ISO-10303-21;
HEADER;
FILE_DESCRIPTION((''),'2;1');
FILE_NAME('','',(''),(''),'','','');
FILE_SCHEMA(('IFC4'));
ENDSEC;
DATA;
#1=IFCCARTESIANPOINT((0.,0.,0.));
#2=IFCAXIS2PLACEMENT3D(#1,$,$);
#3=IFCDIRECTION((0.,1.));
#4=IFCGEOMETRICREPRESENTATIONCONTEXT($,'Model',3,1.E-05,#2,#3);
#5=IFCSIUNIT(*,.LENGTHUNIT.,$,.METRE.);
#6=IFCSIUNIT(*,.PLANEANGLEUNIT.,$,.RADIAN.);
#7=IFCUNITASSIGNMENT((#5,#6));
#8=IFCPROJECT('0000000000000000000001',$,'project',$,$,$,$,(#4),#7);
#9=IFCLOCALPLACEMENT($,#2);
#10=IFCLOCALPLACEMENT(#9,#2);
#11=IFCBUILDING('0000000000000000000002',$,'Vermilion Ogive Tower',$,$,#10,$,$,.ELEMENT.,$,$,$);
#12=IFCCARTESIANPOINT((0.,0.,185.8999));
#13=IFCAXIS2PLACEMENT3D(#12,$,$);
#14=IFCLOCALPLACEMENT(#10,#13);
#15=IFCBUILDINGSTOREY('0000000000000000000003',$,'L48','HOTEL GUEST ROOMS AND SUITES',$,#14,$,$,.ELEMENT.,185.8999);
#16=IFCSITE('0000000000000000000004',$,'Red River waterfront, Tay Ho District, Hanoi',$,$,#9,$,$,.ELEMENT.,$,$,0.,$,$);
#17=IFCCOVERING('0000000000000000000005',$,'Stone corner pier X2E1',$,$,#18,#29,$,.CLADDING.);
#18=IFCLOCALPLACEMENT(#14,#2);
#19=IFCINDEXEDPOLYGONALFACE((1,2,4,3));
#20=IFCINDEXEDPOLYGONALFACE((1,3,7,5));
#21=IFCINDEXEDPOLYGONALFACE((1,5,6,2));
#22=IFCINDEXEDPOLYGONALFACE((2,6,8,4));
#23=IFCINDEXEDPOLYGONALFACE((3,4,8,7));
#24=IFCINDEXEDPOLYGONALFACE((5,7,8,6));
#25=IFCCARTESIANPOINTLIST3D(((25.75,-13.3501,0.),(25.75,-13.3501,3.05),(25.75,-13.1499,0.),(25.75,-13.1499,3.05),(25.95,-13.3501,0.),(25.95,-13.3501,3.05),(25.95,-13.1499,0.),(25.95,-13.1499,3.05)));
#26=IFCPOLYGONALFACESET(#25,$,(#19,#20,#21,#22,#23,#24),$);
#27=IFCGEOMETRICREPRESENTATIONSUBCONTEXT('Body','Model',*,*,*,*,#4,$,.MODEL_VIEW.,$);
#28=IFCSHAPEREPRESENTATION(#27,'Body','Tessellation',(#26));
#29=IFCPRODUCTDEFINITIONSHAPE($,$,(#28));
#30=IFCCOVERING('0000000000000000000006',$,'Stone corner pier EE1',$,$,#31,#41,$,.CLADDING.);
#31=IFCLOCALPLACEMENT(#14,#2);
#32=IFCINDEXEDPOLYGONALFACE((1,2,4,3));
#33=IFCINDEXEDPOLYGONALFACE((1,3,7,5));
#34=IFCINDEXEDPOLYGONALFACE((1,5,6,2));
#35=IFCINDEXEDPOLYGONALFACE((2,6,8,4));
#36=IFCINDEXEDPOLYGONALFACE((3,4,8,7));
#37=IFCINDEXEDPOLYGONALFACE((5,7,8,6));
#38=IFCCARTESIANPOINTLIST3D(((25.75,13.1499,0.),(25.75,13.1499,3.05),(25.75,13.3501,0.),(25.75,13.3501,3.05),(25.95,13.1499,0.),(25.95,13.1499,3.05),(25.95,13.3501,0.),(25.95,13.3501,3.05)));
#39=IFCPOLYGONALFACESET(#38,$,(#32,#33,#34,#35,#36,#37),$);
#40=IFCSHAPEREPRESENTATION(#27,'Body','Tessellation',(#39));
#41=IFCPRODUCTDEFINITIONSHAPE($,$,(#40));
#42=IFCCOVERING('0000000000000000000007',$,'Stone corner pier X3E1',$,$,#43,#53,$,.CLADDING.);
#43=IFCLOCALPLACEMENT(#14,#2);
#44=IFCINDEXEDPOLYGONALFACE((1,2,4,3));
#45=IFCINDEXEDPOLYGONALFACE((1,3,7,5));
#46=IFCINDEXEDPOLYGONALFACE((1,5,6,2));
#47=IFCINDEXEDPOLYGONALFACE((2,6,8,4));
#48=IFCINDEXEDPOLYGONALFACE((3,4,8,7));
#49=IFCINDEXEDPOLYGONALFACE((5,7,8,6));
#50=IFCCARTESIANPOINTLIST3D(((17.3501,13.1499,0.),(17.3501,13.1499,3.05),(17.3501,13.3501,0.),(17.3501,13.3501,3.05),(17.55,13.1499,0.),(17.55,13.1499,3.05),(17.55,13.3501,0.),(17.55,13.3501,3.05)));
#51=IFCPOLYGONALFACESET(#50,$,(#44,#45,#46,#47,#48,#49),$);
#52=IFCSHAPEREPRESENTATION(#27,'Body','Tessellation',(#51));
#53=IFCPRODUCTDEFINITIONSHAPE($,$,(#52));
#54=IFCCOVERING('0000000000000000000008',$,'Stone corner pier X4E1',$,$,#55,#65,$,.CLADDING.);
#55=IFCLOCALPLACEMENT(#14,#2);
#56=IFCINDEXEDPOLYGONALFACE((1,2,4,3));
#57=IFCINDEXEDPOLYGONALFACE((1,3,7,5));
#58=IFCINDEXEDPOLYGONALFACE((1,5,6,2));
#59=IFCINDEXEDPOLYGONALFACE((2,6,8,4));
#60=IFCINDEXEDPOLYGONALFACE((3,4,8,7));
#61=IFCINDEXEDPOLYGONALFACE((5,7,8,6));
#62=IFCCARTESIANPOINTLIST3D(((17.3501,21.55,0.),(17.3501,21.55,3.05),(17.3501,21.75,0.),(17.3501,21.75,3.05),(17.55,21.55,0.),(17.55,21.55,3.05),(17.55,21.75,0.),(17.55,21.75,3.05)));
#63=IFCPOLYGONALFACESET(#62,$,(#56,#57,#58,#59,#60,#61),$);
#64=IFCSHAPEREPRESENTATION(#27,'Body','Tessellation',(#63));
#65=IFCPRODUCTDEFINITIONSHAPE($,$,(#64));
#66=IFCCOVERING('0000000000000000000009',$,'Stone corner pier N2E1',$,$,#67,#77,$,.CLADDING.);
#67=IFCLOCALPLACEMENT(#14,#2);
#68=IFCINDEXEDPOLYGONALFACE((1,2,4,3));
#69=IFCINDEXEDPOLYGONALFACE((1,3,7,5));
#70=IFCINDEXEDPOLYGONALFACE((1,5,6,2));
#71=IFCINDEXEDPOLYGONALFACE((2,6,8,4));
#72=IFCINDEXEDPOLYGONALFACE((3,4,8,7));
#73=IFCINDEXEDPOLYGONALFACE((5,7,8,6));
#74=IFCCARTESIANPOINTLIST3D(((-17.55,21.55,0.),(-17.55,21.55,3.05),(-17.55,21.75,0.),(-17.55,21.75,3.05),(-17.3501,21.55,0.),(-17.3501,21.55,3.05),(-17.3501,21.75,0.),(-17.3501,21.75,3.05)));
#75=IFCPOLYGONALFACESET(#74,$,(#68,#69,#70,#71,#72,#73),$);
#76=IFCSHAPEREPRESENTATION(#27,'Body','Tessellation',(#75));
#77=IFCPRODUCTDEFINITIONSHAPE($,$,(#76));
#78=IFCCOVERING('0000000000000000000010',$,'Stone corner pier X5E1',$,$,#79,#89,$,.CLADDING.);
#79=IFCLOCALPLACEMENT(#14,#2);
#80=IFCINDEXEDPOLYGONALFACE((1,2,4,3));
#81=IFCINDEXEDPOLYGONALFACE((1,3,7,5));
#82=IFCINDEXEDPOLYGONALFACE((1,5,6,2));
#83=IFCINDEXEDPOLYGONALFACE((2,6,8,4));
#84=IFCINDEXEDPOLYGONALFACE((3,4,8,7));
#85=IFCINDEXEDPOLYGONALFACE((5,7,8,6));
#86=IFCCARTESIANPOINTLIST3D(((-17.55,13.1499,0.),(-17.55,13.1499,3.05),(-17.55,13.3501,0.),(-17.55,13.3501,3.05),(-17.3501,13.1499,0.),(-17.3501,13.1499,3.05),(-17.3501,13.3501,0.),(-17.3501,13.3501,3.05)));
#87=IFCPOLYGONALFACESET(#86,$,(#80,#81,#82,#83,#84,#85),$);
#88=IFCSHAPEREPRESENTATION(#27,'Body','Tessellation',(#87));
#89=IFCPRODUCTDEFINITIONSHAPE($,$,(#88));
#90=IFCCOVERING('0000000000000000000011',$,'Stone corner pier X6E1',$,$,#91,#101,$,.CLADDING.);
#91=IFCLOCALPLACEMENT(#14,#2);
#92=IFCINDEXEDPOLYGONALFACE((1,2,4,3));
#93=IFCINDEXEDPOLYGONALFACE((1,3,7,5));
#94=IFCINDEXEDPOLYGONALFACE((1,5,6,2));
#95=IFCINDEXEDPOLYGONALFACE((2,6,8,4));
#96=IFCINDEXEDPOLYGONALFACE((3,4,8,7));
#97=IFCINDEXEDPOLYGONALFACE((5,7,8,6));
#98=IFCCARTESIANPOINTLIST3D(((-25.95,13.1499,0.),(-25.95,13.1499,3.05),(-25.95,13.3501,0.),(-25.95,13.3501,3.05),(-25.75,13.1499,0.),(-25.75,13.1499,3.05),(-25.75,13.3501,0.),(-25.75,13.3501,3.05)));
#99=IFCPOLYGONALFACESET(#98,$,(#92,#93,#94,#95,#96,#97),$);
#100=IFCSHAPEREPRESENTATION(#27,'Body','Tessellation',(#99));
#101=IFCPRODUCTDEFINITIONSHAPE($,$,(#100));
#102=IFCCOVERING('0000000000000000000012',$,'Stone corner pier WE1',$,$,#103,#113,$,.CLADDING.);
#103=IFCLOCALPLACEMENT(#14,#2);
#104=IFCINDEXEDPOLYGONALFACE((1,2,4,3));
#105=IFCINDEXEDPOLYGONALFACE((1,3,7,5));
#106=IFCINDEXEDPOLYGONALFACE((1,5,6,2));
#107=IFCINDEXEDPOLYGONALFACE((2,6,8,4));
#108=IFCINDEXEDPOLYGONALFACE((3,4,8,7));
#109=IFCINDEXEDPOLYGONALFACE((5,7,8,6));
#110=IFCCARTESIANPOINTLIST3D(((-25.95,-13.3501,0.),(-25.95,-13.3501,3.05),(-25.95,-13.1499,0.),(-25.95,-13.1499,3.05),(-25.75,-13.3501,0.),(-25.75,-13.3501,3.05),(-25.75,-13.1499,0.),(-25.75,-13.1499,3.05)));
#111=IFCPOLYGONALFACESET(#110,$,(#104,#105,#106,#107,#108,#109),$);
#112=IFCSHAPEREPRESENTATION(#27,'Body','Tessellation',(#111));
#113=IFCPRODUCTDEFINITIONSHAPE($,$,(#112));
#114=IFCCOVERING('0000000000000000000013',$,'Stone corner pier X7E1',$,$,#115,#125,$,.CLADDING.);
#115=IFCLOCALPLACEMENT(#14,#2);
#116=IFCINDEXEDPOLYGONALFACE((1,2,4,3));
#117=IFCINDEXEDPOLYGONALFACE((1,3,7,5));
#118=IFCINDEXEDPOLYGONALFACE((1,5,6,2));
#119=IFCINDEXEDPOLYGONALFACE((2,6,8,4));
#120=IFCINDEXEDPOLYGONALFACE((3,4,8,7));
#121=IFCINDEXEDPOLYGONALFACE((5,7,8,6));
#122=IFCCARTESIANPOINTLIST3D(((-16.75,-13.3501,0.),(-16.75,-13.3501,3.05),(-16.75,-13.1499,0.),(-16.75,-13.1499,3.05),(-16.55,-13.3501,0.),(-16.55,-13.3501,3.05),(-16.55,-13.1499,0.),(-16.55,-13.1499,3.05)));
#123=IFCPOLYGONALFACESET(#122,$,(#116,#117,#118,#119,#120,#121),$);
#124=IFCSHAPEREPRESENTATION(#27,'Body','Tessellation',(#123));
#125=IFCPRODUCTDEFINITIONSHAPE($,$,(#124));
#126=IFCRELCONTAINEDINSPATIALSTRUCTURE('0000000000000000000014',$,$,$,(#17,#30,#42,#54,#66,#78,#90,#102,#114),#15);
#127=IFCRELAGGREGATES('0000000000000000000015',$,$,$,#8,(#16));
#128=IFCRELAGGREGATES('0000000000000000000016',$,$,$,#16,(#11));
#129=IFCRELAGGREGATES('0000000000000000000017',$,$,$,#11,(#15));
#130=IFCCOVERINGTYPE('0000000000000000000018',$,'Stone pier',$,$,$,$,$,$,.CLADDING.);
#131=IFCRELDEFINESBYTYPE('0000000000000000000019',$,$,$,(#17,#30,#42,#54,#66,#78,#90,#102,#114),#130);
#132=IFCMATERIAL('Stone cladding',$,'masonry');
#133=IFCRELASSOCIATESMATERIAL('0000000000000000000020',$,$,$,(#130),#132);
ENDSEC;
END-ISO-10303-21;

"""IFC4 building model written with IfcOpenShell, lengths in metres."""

from ifc_helpers import new_model, si_unit, direction, frame, origin, place, context, subcontext, project, spatial, polyline, outline, extrude, material, type_object, element, save


model = new_model("IFC4")

# Units and contexts
model_context = context("Model", 3, precision=1e-05, world=origin(), true_north=direction((0.0, 1.0)))
body_context = subcontext(model_context, "Body", "Model", "MODEL_VIEW")
ifc_project = project(units=[si_unit("LENGTHUNIT", "METRE"), si_unit("PLANEANGLEUNIT", "RADIAN")], contexts=[model_context])

# Site, building, storey
site_placement = place(None, origin())
site = spatial("IfcSite", under=ifc_project, at=site_placement, Name="Red River waterfront, Tay Ho District, Hanoi", CompositionType="ELEMENT", RefElevation=0.0)
building_placement = place(site_placement, origin())
building = spatial("IfcBuilding", under=site, at=building_placement, Name="Vermilion Ogive Tower", CompositionType="ELEMENT")
storey_placement = place(building_placement, frame((0.0, 0.0, 185.8999)))
storey = spatial("IfcBuildingStorey", under=building, at=storey_placement, Name="L48", Description="HOTEL GUEST ROOMS AND SUITES", CompositionType="ELEMENT", Elevation=185.8999)

# Coverings
ifc_material_1 = material(Name="Stone cladding", Category="masonry")
covering_type_1 = type_object("IfcCoveringType", Name="Stone pier", PredefinedType="CLADDING", material=ifc_material_1)
covering_1_placement = place(storey_placement, origin())
element("IfcCovering", 1, at=covering_1_placement, inside=storey, type_object=covering_type_1, Name="Stone corner pier X2E1", PredefinedType="CLADDING", context=body_context, shape_type="SweptSolid", body=[
    extrude(outline(polyline([(25.75, -13.1499), (25.95, -13.1499), (25.95, -13.3501), (25.75, -13.3501), (25.75, -13.1499)])), origin(), (0.0, 0.0, 1.0), 3.05),
])
covering_2_placement = place(storey_placement, origin())
element("IfcCovering", 2, at=covering_2_placement, inside=storey, type_object=covering_type_1, Name="Stone corner pier EE1", PredefinedType="CLADDING", context=body_context, shape_type="SweptSolid", body=[
    extrude(outline(polyline([(25.75, 13.1499), (25.75, 13.3501), (25.95, 13.3501), (25.95, 13.1499), (25.75, 13.1499)])), origin(), (0.0, 0.0, 1.0), 3.05),
])
covering_3_placement = place(storey_placement, origin())
element("IfcCovering", 3, at=covering_3_placement, inside=storey, type_object=covering_type_1, Name="Stone corner pier X3E1", PredefinedType="CLADDING", context=body_context, shape_type="SweptSolid", body=[
    extrude(outline(polyline([(17.3501, 13.1499), (17.3501, 13.3501), (17.55, 13.3501), (17.55, 13.1499), (17.3501, 13.1499)])), origin(), (0.0, 0.0, 1.0), 3.05),
])
covering_4_placement = place(storey_placement, origin())
element("IfcCovering", 4, at=covering_4_placement, inside=storey, type_object=covering_type_1, Name="Stone corner pier X4E1", PredefinedType="CLADDING", context=body_context, shape_type="SweptSolid", body=[
    extrude(outline(polyline([(17.3501, 21.55), (17.3501, 21.75), (17.55, 21.75), (17.55, 21.55), (17.3501, 21.55)])), origin(), (0.0, 0.0, 1.0), 3.05),
])
covering_5_placement = place(storey_placement, origin())
element("IfcCovering", 5, at=covering_5_placement, inside=storey, type_object=covering_type_1, Name="Stone corner pier N2E1", PredefinedType="CLADDING", context=body_context, shape_type="SweptSolid", body=[
    extrude(outline(polyline([(-17.3501, 21.55), (-17.55, 21.55), (-17.55, 21.75), (-17.3501, 21.75), (-17.3501, 21.55)])), origin(), (0.0, 0.0, 1.0), 3.05),
])
covering_6_placement = place(storey_placement, origin())
element("IfcCovering", 6, at=covering_6_placement, inside=storey, type_object=covering_type_1, Name="Stone corner pier X5E1", PredefinedType="CLADDING", context=body_context, shape_type="SweptSolid", body=[
    extrude(outline(polyline([(-17.3501, 13.1499), (-17.55, 13.1499), (-17.55, 13.3501), (-17.3501, 13.3501), (-17.3501, 13.1499)])), origin(), (0.0, 0.0, 1.0), 3.05),
])
covering_7_placement = place(storey_placement, origin())
element("IfcCovering", 7, at=covering_7_placement, inside=storey, type_object=covering_type_1, Name="Stone corner pier X6E1", PredefinedType="CLADDING", context=body_context, shape_type="SweptSolid", body=[
    extrude(outline(polyline([(-25.75, 13.1499), (-25.95, 13.1499), (-25.95, 13.3501), (-25.75, 13.3501), (-25.75, 13.1499)])), origin(), (0.0, 0.0, 1.0), 3.05),
])
covering_8_placement = place(storey_placement, origin())
element("IfcCovering", 8, at=covering_8_placement, inside=storey, type_object=covering_type_1, Name="Stone corner pier WE1", PredefinedType="CLADDING", context=body_context, shape_type="SweptSolid", body=[
    extrude(outline(polyline([(-25.75, -13.1499), (-25.75, -13.3501), (-25.95, -13.3501), (-25.95, -13.1499), (-25.75, -13.1499)])), origin(), (0.0, 0.0, 1.0), 3.05),
])
covering_9_placement = place(storey_placement, origin())
element("IfcCovering", 9, at=covering_9_placement, inside=storey, type_object=covering_type_1, Name="Stone corner pier X7E1", PredefinedType="CLADDING", context=body_context, shape_type="SweptSolid", body=[
    extrude(outline(polyline([(-16.55, -13.1499), (-16.55, -13.3501), (-16.75, -13.3501), (-16.75, -13.1499), (-16.55, -13.1499)])), origin(), (0.0, 0.0, 1.0), 3.05),
])

save(model, "model.ifc")
